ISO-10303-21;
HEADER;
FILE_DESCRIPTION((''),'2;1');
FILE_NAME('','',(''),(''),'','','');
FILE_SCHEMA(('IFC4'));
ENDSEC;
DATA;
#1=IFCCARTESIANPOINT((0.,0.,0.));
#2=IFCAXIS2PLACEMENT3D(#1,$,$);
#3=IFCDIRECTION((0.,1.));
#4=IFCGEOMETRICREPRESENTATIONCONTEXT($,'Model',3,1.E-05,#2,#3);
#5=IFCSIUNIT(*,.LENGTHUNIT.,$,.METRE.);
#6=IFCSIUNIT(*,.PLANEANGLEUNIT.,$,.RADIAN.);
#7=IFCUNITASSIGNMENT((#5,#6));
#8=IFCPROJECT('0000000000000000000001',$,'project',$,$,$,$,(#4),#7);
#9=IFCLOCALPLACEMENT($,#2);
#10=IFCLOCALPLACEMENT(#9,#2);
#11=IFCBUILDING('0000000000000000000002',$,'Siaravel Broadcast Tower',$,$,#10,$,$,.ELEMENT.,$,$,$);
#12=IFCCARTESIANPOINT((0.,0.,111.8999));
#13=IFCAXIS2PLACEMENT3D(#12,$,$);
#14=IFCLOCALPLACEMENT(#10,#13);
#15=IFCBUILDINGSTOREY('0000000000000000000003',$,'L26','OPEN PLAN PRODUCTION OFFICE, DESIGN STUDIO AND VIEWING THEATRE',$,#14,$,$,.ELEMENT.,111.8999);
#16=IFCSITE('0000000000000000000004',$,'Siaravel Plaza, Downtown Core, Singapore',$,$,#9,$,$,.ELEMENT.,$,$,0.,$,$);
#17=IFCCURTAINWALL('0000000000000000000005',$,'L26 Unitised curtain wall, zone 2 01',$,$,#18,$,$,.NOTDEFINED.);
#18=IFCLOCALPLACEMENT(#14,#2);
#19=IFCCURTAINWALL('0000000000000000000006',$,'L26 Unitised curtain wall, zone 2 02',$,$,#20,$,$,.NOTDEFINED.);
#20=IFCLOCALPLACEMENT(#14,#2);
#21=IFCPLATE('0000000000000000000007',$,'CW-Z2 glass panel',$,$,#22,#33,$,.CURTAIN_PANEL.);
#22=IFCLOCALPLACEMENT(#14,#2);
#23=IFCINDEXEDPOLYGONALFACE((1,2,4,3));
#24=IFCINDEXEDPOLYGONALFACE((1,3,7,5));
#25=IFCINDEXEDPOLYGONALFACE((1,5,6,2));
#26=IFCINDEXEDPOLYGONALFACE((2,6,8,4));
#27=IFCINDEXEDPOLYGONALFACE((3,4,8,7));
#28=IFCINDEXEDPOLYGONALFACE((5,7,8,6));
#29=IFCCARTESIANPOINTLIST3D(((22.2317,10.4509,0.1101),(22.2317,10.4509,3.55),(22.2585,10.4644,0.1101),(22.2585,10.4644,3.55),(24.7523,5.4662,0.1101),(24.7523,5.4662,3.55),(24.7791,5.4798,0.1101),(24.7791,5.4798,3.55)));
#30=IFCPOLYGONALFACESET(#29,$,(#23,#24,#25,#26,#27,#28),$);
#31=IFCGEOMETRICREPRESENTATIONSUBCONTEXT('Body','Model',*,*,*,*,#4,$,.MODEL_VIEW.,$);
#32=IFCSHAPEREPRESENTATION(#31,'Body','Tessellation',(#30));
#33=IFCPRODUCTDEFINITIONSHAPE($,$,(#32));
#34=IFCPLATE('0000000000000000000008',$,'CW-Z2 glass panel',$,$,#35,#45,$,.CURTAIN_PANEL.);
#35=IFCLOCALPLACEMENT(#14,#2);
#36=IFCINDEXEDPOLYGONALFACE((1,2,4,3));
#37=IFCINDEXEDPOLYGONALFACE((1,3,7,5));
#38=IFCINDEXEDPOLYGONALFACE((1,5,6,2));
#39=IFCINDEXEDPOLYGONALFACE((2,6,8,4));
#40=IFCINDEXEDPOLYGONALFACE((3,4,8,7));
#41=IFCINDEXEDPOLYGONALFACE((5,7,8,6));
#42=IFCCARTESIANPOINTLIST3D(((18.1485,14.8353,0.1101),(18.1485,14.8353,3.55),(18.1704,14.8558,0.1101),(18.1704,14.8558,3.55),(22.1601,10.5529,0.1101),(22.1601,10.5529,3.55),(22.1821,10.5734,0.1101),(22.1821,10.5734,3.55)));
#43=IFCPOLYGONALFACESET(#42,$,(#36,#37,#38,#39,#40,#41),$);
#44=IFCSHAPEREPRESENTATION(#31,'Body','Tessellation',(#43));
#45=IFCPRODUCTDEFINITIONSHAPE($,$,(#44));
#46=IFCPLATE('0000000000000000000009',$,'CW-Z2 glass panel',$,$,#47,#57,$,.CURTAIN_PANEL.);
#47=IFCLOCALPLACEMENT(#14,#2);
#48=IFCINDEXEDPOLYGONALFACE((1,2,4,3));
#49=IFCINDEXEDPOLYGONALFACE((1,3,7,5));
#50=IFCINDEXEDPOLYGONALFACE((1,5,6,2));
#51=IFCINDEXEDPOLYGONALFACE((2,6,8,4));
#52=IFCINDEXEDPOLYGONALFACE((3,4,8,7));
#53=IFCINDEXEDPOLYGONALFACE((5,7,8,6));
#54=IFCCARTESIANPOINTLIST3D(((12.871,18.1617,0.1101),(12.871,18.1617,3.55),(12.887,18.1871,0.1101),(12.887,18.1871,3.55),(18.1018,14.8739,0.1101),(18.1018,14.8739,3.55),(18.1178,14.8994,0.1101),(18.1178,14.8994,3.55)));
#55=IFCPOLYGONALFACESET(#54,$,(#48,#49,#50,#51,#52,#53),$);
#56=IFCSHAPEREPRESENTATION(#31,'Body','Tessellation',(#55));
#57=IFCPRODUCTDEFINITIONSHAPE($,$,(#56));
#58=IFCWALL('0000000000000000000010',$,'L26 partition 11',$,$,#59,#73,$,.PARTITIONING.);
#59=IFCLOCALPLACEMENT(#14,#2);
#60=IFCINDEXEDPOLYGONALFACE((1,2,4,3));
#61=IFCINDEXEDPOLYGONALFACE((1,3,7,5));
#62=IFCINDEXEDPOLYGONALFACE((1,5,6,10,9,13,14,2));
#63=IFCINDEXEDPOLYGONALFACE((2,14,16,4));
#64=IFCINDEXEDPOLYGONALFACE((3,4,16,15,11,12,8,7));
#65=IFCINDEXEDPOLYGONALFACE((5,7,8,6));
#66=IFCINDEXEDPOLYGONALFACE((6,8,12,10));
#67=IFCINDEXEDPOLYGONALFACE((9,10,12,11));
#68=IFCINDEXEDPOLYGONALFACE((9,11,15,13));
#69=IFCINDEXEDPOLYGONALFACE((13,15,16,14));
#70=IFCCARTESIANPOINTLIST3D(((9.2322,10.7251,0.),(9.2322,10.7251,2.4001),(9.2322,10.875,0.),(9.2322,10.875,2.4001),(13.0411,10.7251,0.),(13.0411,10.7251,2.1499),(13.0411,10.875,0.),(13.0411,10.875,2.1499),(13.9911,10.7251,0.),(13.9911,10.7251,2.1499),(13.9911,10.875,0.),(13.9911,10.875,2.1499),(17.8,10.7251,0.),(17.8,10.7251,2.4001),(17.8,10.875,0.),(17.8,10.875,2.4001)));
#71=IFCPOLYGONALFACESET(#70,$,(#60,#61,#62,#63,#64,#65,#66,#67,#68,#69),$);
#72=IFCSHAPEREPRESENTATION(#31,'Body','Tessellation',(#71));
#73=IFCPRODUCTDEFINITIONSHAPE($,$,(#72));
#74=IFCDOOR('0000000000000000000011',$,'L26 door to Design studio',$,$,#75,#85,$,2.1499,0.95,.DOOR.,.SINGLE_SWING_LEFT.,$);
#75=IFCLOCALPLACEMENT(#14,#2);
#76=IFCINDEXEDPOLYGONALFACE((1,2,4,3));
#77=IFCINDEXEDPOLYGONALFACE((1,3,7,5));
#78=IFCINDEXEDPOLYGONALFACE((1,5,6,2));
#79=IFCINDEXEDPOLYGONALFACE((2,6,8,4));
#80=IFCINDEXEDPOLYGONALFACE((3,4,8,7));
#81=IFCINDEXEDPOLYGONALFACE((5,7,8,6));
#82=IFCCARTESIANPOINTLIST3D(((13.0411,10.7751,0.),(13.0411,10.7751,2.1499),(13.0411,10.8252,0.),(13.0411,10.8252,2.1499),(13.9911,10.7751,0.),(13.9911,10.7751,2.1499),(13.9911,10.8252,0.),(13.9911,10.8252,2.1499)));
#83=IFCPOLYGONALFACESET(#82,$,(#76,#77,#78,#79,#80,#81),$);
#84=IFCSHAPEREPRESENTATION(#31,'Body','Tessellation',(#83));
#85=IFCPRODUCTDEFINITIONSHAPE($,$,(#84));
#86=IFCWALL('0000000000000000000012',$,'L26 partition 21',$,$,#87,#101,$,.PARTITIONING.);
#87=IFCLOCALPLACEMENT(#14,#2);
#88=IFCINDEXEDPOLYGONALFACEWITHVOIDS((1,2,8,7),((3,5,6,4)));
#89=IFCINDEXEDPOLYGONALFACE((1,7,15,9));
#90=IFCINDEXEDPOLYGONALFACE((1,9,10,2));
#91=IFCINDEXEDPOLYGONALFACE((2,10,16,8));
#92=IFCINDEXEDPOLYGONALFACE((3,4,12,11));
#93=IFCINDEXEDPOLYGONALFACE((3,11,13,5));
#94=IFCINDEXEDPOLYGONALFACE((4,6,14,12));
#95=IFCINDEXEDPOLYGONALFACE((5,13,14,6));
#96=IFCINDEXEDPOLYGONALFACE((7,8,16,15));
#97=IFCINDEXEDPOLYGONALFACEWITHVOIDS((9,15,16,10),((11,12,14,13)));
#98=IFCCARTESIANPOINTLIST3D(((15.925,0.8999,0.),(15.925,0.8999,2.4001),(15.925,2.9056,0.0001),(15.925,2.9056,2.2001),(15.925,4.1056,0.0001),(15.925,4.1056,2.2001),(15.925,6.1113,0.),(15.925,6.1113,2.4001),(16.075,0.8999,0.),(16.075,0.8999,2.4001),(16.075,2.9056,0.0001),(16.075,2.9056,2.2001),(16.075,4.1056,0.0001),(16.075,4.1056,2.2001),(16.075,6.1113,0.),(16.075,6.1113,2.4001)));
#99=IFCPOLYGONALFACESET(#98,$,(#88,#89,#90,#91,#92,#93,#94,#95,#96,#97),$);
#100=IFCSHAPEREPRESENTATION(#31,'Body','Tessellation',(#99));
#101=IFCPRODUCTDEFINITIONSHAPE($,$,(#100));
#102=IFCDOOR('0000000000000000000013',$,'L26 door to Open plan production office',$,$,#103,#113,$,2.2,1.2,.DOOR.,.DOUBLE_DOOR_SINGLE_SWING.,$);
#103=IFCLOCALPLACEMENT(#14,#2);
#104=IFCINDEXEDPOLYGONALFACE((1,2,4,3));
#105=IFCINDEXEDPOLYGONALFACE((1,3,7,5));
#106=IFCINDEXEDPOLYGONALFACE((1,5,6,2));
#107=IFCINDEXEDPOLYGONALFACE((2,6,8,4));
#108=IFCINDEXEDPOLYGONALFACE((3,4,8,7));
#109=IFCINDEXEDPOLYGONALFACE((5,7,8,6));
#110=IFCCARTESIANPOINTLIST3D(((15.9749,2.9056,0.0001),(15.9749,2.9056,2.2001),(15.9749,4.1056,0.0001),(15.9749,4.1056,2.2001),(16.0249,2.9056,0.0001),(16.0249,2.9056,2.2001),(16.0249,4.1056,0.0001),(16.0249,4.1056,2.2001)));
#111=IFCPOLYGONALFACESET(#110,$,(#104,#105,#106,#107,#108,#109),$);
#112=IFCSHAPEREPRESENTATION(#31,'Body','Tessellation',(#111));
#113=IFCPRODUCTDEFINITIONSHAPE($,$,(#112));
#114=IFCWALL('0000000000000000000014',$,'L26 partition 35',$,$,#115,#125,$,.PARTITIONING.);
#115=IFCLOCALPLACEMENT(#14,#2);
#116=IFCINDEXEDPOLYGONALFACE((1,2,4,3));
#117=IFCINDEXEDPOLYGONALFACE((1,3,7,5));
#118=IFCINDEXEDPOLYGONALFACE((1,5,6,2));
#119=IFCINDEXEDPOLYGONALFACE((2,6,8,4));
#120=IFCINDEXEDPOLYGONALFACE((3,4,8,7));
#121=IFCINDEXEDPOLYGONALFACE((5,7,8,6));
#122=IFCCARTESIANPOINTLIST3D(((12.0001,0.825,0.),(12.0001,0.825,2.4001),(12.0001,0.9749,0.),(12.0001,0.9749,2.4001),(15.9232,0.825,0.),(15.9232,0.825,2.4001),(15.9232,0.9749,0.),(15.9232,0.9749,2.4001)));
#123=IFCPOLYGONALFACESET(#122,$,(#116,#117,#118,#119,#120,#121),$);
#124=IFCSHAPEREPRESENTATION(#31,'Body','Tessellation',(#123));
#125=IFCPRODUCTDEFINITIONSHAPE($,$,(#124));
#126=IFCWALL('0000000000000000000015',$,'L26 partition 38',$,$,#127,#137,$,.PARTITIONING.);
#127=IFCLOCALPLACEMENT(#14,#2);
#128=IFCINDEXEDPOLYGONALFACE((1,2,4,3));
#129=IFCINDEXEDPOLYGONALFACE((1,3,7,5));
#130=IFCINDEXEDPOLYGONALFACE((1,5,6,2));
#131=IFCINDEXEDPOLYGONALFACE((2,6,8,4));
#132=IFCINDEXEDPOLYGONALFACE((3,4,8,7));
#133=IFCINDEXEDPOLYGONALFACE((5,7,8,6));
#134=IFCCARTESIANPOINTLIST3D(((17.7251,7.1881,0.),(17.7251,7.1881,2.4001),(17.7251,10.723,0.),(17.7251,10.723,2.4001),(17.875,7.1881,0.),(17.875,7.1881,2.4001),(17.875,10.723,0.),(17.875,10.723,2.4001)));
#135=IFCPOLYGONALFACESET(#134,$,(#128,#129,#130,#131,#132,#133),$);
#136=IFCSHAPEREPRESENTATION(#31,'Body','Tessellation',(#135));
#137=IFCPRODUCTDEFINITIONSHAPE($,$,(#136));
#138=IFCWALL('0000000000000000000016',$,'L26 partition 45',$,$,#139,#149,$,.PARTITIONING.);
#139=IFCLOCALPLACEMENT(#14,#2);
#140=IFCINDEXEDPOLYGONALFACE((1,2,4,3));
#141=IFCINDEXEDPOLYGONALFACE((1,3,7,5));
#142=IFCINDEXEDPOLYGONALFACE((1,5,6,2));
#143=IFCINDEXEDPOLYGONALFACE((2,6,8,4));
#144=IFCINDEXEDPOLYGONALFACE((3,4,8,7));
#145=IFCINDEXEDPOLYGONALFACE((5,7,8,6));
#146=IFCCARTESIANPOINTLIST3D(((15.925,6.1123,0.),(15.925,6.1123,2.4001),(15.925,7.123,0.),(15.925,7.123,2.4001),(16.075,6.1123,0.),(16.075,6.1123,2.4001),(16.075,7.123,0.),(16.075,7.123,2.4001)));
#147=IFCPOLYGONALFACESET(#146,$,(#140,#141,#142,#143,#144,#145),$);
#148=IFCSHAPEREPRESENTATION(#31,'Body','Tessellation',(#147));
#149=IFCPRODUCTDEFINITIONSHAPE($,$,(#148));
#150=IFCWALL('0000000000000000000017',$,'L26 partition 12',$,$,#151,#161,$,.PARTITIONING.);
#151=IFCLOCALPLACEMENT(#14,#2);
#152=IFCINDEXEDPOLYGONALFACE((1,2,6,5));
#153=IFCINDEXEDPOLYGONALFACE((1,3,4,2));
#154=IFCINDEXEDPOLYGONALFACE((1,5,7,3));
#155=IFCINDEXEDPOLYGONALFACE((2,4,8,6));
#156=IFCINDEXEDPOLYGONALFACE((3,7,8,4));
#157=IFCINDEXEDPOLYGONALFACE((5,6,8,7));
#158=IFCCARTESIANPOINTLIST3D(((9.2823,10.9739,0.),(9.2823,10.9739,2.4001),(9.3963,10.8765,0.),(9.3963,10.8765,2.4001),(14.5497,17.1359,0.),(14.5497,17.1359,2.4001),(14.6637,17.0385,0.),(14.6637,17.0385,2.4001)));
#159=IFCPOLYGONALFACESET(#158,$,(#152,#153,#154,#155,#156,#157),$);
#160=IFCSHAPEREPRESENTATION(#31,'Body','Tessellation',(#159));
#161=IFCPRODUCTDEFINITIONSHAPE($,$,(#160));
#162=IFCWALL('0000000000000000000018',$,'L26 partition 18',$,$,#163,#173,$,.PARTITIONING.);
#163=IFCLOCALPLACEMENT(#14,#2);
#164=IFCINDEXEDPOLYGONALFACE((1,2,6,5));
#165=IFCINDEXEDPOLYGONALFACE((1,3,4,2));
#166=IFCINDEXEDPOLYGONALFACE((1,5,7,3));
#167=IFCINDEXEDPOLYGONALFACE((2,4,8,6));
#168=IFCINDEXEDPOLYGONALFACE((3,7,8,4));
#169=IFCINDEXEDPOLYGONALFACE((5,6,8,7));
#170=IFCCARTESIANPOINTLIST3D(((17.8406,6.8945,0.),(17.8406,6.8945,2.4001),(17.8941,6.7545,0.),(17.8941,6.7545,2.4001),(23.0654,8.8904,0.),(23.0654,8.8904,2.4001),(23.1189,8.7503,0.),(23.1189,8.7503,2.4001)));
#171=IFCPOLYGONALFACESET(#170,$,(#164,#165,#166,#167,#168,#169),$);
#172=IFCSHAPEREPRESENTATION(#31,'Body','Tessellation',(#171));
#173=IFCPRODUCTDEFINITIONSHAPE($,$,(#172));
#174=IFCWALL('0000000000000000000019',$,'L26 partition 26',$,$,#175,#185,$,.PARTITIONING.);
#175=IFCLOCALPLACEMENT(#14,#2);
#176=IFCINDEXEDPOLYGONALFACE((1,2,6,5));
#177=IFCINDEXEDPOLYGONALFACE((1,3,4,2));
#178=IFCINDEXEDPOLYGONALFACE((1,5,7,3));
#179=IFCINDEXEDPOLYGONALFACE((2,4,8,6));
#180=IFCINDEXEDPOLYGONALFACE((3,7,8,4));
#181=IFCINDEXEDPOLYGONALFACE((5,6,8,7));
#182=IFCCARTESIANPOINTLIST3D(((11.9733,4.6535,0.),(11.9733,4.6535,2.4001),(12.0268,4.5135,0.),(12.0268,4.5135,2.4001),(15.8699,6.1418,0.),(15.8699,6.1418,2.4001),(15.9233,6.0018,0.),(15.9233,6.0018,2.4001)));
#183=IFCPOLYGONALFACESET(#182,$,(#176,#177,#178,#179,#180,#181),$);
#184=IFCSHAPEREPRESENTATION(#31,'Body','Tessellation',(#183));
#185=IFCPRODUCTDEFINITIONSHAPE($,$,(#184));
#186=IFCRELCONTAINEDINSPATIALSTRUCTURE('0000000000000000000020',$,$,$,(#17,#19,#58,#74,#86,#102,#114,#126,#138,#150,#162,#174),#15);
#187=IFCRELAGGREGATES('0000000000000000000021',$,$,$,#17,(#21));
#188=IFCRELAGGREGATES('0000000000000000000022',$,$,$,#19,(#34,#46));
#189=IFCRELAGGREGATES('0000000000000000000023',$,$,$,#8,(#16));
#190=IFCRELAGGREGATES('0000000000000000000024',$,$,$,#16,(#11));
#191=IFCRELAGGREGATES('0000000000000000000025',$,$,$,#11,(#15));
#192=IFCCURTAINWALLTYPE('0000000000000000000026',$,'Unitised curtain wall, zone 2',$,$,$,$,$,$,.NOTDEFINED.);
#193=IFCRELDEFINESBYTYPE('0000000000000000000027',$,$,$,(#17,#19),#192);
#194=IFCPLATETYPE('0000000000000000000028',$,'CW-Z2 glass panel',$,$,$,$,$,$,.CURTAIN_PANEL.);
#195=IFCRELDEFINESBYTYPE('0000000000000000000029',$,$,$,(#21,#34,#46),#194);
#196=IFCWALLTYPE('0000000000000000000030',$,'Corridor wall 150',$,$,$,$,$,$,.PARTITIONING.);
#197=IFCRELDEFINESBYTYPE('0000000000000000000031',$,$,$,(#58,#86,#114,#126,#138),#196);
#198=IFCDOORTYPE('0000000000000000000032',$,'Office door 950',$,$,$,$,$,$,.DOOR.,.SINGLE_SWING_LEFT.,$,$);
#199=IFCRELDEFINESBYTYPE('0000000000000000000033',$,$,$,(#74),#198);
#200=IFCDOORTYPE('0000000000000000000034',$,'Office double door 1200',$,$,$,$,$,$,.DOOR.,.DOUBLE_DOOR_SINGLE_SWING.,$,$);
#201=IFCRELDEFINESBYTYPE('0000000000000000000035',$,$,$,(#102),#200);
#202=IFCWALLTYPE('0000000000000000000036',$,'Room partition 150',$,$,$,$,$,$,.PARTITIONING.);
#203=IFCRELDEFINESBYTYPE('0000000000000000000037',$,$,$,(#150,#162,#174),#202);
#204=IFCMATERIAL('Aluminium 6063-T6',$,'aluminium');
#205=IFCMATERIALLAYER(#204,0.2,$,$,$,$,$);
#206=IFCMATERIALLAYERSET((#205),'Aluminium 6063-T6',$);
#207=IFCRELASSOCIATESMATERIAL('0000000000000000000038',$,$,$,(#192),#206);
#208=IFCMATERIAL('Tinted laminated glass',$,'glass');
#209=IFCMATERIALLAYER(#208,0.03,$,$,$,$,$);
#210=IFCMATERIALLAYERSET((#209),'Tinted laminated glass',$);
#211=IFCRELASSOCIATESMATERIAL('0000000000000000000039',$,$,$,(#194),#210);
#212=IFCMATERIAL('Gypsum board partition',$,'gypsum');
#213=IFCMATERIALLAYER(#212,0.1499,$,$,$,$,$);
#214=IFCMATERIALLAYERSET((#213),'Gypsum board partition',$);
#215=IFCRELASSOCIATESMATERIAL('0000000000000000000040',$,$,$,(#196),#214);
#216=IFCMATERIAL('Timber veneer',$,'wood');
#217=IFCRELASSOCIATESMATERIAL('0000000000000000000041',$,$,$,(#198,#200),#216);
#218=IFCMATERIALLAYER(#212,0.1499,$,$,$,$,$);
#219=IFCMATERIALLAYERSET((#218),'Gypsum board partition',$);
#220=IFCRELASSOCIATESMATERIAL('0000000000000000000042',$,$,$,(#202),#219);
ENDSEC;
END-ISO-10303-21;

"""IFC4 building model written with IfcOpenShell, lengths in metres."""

from ifc_helpers import new_model, si_unit, direction, frame, frame_2d, origin, origin_2d, place, context, subcontext, project, spatial, rectangle, extrude, material, layer, layer_set, type_object, element, fill, aggregate, save


model = new_model("IFC4")

# Units and contexts
model_context = context("Model", 3, precision=1e-05, world=origin(), true_north=direction((0.0, 1.0)))
body_context = subcontext(model_context, "Body", "Model", "MODEL_VIEW")
ifc_project = project(units=[si_unit("LENGTHUNIT", "METRE"), si_unit("PLANEANGLEUNIT", "RADIAN")], contexts=[model_context])

# Site, building, storey
site_placement = place(None, origin())
site = spatial("IfcSite", under=ifc_project, at=site_placement, Name="Siaravel Plaza, Downtown Core, Singapore", CompositionType="ELEMENT", RefElevation=0.0)
building_placement = place(site_placement, origin())
building = spatial("IfcBuilding", under=site, at=building_placement, Name="Siaravel Broadcast Tower", CompositionType="ELEMENT")
storey_placement = place(building_placement, frame((0.0, 0.0, 111.8999)))
storey = spatial("IfcBuildingStorey", under=building, at=storey_placement, Name="L26", Description="OPEN PLAN PRODUCTION OFFICE, DESIGN STUDIO AND VIEWING THEATRE", CompositionType="ELEMENT", Elevation=111.8999)

# Curtain walls
ifc_material_1 = material(Name="Aluminium 6063-T6", Category="aluminium")
ifc_layer_1 = layer(ifc_material_1, 0.2)
ifc_layer_set_1 = layer_set([ifc_layer_1], Name="Aluminium 6063-T6")
curtain_wall_type = type_object("IfcCurtainWallType", Name="Unitised curtain wall, zone 2", PredefinedType="NOTDEFINED", material=ifc_layer_set_1)
curtain_wall_1_placement = place(storey_placement, origin())
curtain_wall_1 = element("IfcCurtainWall", 1, at=curtain_wall_1_placement, inside=storey, type_object=curtain_wall_type, Name="L26 Unitised curtain wall, zone 2 01", PredefinedType="NOTDEFINED")
curtain_wall_2_placement = place(storey_placement, origin())
curtain_wall_2 = element("IfcCurtainWall", 2, at=curtain_wall_2_placement, inside=storey, type_object=curtain_wall_type, Name="L26 Unitised curtain wall, zone 2 02", PredefinedType="NOTDEFINED")

# Plates
ifc_material_2 = material(Name="Tinted laminated glass", Category="glass")
ifc_layer_2 = layer(ifc_material_2, 0.03)
ifc_layer_set_2 = layer_set([ifc_layer_2], Name="Tinted laminated glass")
plate_type = type_object("IfcPlateType", Name="CW-Z2 glass panel", PredefinedType="CURTAIN_PANEL", material=ifc_layer_set_2)
plate_1_placement = place(storey_placement, frame((23.5054, 7.9653, 0.1101), z_axis=(0.0, 0.0, 1.0), x_axis=(-0.451261, 0.892392, 0.0)))
plate_1 = element("IfcPlate", 3, at=plate_1_placement, type_object=plate_type, Name="CW-Z2 glass panel", PredefinedType="CURTAIN_PANEL", context=body_context, shape_type="SweptSolid", body=[
    extrude(rectangle(XDim=5.5857, YDim=0.03, at=origin_2d()), origin(), (0.0, 0.0, 1.0), 3.4399),
])
aggregate(curtain_wall_1, [plate_1])
plate_2_placement = place(storey_placement, frame((20.1653, 12.7043, 0.1101), z_axis=(0.0, 0.0, 1.0), x_axis=(-0.683655, 0.729805, 0.0)))
plate_2 = element("IfcPlate", 4, at=plate_2_placement, type_object=plate_type, Name="CW-Z2 glass panel", PredefinedType="CURTAIN_PANEL", context=body_context, shape_type="SweptSolid", body=[
    extrude(rectangle(XDim=5.8679, YDim=0.03, at=origin_2d()), origin(), (0.0, 0.0, 1.0), 3.4399),
])
plate_3_placement = place(storey_placement, frame((15.4944, 16.5305, 0.1101), z_axis=(0.0, 0.0, 1.0), x_axis=(-0.846651, 0.532149, 0.0)))
plate_3 = element("IfcPlate", 5, at=plate_3_placement, type_object=plate_type, Name="CW-Z2 glass panel", PredefinedType="CURTAIN_PANEL", context=body_context, shape_type="SweptSolid", body=[
    extrude(rectangle(XDim=6.1782, YDim=0.03, at=origin_2d()), origin(), (0.0, 0.0, 1.0), 3.4399),
])
aggregate(curtain_wall_2, [plate_2, plate_3])

# Walls, openings, doors
ifc_material_3 = material(Name="Gypsum board partition", Category="gypsum")
ifc_layer_3 = layer(ifc_material_3, 0.1499)
ifc_layer_set_3 = layer_set([ifc_layer_3], Name="Gypsum board partition")
wall_type_1 = type_object("IfcWallType", Name="Corridor wall 150", PredefinedType="PARTITIONING", material=ifc_layer_set_3)
wall_1_placement = place(storey_placement, frame((17.8, 10.8, 0.0), z_axis=(0.0, 0.0, 1.0), x_axis=(-1.0, 0.0, 0.0)))
wall_1 = element("IfcWall", 6, at=wall_1_placement, inside=storey, type_object=wall_type_1, Name="L26 partition 11", PredefinedType="PARTITIONING", context=body_context, shape_type="SweptSolid", body=[
    extrude(rectangle(XDim=8.5679, YDim=0.1499, at=frame_2d((4.2839, 0.0))), origin(), (0.0, 0.0, 1.0), 2.4001),
])
opening_1_placement = place(wall_1_placement, frame((3.8088, 0.0, 0.0)))
opening_1 = element("IfcOpeningElement", 7, at=opening_1_placement, cuts=wall_1, PredefinedType="OPENING", context=body_context, shape_type="SweptSolid", body=[
    extrude(rectangle(XDim=0.95, YDim=2.1499, at=frame_2d((0.4751, 1.075))), frame((0.0, 0.085, 0.0), z_axis=(0.0, -1.0, 0.0), x_axis=(1.0, 0.0, 0.0)), (0.0, 0.0, 1.0), 0.1699),
])
ifc_material_4 = material(Name="Timber veneer", Category="wood")
door_type_1 = type_object("IfcDoorType", Name="Office door 950", OperationType="SINGLE_SWING_LEFT", PredefinedType="DOOR", material=ifc_material_4)
door_1_placement = place(opening_1_placement, origin())
door_1 = element("IfcDoor", 8, at=door_1_placement, inside=storey, type_object=door_type_1, Name="L26 door to Design studio", OperationType="SINGLE_SWING_LEFT", OverallHeight=2.1499, OverallWidth=0.95, PredefinedType="DOOR", context=body_context, shape_type="SweptSolid", body=[
    extrude(rectangle(XDim=0.95, YDim=2.1499, at=frame_2d((0.4751, 1.075))), frame((0.0, 0.0249, 0.0), z_axis=(0.0, -1.0, 0.0), x_axis=(1.0, 0.0, 0.0)), (0.0, 0.0, 1.0), 0.05),
])
fill(opening_1, door_1)
wall_2_placement = place(storey_placement, frame((16.0, 6.1113, 0.0), z_axis=(0.0, 0.0, 1.0), x_axis=(0.0, -1.0, 0.0)))
wall_2 = element("IfcWall", 9, at=wall_2_placement, inside=storey, type_object=wall_type_1, Name="L26 partition 21", PredefinedType="PARTITIONING", context=body_context, shape_type="SweptSolid", body=[
    extrude(rectangle(XDim=5.2114, YDim=0.1499, at=frame_2d((2.6057, 0.0))), origin(), (0.0, 0.0, 1.0), 2.4001),
])
opening_2_placement = place(wall_2_placement, frame((2.0056, 0.0, 0.0)))
opening_2 = element("IfcOpeningElement", 10, at=opening_2_placement, cuts=wall_2, PredefinedType="OPENING", context=body_context, shape_type="SweptSolid", body=[
    extrude(rectangle(XDim=1.2, YDim=2.2, at=frame_2d((0.6001, 1.1001))), frame((0.0, 0.085, 0.0), z_axis=(0.0, -1.0, 0.0), x_axis=(1.0, 0.0, 0.0)), (0.0, 0.0, 1.0), 0.1699),
])
door_type_2 = type_object("IfcDoorType", Name="Office double door 1200", OperationType="DOUBLE_DOOR_SINGLE_SWING", PredefinedType="DOOR", material=ifc_material_4)
door_2_placement = place(opening_2_placement, origin())
door_2 = element("IfcDoor", 11, at=door_2_placement, inside=storey, type_object=door_type_2, Name="L26 door to Open plan production office", OperationType="DOUBLE_DOOR_SINGLE_SWING", OverallHeight=2.2, OverallWidth=1.2, PredefinedType="DOOR", context=body_context, shape_type="SweptSolid", body=[
    extrude(rectangle(XDim=1.2, YDim=2.2, at=frame_2d((0.6001, 1.1001))), frame((0.0, 0.0249, 0.0), z_axis=(0.0, -1.0, 0.0), x_axis=(1.0, 0.0, 0.0)), (0.0, 0.0, 1.0), 0.05),
])
fill(opening_2, door_2)

# Walls
wall_3_placement = place(storey_placement, frame((15.9231, 0.8999, 0.0), z_axis=(0.0, 0.0, 1.0), x_axis=(-1.0, 0.0, 0.0)))
element("IfcWall", 12, at=wall_3_placement, inside=storey, type_object=wall_type_1, Name="L26 partition 35", PredefinedType="PARTITIONING", context=body_context, shape_type="SweptSolid", body=[
    extrude(rectangle(XDim=3.9231, YDim=0.1499, at=frame_2d((1.9614, 0.0))), origin(), (0.0, 0.0, 1.0), 2.4001),
])
wall_4_placement = place(storey_placement, frame((17.8, 7.188, 0.0), z_axis=(0.0, 0.0, 1.0), x_axis=(0.0, 1.0, 0.0)))
element("IfcWall", 13, at=wall_4_placement, inside=storey, type_object=wall_type_1, Name="L26 partition 38", PredefinedType="PARTITIONING", context=body_context, shape_type="SweptSolid", body=[
    extrude(rectangle(XDim=3.5349, YDim=0.1499, at=frame_2d((1.7676, 0.0))), origin(), (0.0, 0.0, 1.0), 2.4001),
])
wall_5_placement = place(storey_placement, frame((16.0, 7.123, 0.0), z_axis=(0.0, 0.0, 1.0), x_axis=(0.0, -1.0, 0.0)))
element("IfcWall", 14, at=wall_5_placement, inside=storey, type_object=wall_type_1, Name="L26 partition 45", PredefinedType="PARTITIONING", context=body_context, shape_type="SweptSolid", body=[
    extrude(rectangle(XDim=1.0107, YDim=0.1499, at=frame_2d((0.5054, 0.0))), origin(), (0.0, 0.0, 1.0), 2.4001),
])
ifc_layer_4 = layer(ifc_material_3, 0.1499)
ifc_layer_set_4 = layer_set([ifc_layer_4], Name="Gypsum board partition")
wall_type_2 = type_object("IfcWallType", Name="Room partition 150", PredefinedType="PARTITIONING", material=ifc_layer_set_4)
wall_6_placement = place(storey_placement, frame((14.6067, 17.0872, 0.0), z_axis=(0.0, 0.0, 1.0), x_axis=(-0.649776, -0.760125, 0.0)))
element("IfcWall", 15, at=wall_6_placement, inside=storey, type_object=wall_type_2, Name="L26 partition 12", PredefinedType="PARTITIONING", context=body_context, shape_type="SweptSolid", body=[
    extrude(rectangle(XDim=8.1064, YDim=0.1499, at=frame_2d((4.0532, 0.0))), origin(), (0.0, 0.0, 1.0), 2.4001),
])
wall_7_placement = place(storey_placement, frame((23.092, 8.8203, 0.0), z_axis=(0.0, 0.0, 1.0), x_axis=(-0.934164, -0.356843, 0.0)))
element("IfcWall", 16, at=wall_7_placement, inside=storey, type_object=wall_type_2, Name="L26 partition 18", PredefinedType="PARTITIONING", context=body_context, shape_type="SweptSolid", body=[
    extrude(rectangle(XDim=5.593, YDim=0.1499, at=frame_2d((2.7964, 0.0))), origin(), (0.0, 0.0, 1.0), 2.4001),
])
wall_8_placement = place(storey_placement, frame((15.8965, 6.0718, 0.0), z_axis=(0.0, 0.0, 1.0), x_axis=(-0.934176, -0.356813, 0.0)))
element("IfcWall", 17, at=wall_8_placement, inside=storey, type_object=wall_type_2, Name="L26 partition 26", PredefinedType="PARTITIONING", context=body_context, shape_type="SweptSolid", body=[
    extrude(rectangle(XDim=4.1711, YDim=0.1499, at=frame_2d((2.0854, 0.0))), origin(), (0.0, 0.0, 1.0), 2.4001),
])

save(model, "model.ifc")
